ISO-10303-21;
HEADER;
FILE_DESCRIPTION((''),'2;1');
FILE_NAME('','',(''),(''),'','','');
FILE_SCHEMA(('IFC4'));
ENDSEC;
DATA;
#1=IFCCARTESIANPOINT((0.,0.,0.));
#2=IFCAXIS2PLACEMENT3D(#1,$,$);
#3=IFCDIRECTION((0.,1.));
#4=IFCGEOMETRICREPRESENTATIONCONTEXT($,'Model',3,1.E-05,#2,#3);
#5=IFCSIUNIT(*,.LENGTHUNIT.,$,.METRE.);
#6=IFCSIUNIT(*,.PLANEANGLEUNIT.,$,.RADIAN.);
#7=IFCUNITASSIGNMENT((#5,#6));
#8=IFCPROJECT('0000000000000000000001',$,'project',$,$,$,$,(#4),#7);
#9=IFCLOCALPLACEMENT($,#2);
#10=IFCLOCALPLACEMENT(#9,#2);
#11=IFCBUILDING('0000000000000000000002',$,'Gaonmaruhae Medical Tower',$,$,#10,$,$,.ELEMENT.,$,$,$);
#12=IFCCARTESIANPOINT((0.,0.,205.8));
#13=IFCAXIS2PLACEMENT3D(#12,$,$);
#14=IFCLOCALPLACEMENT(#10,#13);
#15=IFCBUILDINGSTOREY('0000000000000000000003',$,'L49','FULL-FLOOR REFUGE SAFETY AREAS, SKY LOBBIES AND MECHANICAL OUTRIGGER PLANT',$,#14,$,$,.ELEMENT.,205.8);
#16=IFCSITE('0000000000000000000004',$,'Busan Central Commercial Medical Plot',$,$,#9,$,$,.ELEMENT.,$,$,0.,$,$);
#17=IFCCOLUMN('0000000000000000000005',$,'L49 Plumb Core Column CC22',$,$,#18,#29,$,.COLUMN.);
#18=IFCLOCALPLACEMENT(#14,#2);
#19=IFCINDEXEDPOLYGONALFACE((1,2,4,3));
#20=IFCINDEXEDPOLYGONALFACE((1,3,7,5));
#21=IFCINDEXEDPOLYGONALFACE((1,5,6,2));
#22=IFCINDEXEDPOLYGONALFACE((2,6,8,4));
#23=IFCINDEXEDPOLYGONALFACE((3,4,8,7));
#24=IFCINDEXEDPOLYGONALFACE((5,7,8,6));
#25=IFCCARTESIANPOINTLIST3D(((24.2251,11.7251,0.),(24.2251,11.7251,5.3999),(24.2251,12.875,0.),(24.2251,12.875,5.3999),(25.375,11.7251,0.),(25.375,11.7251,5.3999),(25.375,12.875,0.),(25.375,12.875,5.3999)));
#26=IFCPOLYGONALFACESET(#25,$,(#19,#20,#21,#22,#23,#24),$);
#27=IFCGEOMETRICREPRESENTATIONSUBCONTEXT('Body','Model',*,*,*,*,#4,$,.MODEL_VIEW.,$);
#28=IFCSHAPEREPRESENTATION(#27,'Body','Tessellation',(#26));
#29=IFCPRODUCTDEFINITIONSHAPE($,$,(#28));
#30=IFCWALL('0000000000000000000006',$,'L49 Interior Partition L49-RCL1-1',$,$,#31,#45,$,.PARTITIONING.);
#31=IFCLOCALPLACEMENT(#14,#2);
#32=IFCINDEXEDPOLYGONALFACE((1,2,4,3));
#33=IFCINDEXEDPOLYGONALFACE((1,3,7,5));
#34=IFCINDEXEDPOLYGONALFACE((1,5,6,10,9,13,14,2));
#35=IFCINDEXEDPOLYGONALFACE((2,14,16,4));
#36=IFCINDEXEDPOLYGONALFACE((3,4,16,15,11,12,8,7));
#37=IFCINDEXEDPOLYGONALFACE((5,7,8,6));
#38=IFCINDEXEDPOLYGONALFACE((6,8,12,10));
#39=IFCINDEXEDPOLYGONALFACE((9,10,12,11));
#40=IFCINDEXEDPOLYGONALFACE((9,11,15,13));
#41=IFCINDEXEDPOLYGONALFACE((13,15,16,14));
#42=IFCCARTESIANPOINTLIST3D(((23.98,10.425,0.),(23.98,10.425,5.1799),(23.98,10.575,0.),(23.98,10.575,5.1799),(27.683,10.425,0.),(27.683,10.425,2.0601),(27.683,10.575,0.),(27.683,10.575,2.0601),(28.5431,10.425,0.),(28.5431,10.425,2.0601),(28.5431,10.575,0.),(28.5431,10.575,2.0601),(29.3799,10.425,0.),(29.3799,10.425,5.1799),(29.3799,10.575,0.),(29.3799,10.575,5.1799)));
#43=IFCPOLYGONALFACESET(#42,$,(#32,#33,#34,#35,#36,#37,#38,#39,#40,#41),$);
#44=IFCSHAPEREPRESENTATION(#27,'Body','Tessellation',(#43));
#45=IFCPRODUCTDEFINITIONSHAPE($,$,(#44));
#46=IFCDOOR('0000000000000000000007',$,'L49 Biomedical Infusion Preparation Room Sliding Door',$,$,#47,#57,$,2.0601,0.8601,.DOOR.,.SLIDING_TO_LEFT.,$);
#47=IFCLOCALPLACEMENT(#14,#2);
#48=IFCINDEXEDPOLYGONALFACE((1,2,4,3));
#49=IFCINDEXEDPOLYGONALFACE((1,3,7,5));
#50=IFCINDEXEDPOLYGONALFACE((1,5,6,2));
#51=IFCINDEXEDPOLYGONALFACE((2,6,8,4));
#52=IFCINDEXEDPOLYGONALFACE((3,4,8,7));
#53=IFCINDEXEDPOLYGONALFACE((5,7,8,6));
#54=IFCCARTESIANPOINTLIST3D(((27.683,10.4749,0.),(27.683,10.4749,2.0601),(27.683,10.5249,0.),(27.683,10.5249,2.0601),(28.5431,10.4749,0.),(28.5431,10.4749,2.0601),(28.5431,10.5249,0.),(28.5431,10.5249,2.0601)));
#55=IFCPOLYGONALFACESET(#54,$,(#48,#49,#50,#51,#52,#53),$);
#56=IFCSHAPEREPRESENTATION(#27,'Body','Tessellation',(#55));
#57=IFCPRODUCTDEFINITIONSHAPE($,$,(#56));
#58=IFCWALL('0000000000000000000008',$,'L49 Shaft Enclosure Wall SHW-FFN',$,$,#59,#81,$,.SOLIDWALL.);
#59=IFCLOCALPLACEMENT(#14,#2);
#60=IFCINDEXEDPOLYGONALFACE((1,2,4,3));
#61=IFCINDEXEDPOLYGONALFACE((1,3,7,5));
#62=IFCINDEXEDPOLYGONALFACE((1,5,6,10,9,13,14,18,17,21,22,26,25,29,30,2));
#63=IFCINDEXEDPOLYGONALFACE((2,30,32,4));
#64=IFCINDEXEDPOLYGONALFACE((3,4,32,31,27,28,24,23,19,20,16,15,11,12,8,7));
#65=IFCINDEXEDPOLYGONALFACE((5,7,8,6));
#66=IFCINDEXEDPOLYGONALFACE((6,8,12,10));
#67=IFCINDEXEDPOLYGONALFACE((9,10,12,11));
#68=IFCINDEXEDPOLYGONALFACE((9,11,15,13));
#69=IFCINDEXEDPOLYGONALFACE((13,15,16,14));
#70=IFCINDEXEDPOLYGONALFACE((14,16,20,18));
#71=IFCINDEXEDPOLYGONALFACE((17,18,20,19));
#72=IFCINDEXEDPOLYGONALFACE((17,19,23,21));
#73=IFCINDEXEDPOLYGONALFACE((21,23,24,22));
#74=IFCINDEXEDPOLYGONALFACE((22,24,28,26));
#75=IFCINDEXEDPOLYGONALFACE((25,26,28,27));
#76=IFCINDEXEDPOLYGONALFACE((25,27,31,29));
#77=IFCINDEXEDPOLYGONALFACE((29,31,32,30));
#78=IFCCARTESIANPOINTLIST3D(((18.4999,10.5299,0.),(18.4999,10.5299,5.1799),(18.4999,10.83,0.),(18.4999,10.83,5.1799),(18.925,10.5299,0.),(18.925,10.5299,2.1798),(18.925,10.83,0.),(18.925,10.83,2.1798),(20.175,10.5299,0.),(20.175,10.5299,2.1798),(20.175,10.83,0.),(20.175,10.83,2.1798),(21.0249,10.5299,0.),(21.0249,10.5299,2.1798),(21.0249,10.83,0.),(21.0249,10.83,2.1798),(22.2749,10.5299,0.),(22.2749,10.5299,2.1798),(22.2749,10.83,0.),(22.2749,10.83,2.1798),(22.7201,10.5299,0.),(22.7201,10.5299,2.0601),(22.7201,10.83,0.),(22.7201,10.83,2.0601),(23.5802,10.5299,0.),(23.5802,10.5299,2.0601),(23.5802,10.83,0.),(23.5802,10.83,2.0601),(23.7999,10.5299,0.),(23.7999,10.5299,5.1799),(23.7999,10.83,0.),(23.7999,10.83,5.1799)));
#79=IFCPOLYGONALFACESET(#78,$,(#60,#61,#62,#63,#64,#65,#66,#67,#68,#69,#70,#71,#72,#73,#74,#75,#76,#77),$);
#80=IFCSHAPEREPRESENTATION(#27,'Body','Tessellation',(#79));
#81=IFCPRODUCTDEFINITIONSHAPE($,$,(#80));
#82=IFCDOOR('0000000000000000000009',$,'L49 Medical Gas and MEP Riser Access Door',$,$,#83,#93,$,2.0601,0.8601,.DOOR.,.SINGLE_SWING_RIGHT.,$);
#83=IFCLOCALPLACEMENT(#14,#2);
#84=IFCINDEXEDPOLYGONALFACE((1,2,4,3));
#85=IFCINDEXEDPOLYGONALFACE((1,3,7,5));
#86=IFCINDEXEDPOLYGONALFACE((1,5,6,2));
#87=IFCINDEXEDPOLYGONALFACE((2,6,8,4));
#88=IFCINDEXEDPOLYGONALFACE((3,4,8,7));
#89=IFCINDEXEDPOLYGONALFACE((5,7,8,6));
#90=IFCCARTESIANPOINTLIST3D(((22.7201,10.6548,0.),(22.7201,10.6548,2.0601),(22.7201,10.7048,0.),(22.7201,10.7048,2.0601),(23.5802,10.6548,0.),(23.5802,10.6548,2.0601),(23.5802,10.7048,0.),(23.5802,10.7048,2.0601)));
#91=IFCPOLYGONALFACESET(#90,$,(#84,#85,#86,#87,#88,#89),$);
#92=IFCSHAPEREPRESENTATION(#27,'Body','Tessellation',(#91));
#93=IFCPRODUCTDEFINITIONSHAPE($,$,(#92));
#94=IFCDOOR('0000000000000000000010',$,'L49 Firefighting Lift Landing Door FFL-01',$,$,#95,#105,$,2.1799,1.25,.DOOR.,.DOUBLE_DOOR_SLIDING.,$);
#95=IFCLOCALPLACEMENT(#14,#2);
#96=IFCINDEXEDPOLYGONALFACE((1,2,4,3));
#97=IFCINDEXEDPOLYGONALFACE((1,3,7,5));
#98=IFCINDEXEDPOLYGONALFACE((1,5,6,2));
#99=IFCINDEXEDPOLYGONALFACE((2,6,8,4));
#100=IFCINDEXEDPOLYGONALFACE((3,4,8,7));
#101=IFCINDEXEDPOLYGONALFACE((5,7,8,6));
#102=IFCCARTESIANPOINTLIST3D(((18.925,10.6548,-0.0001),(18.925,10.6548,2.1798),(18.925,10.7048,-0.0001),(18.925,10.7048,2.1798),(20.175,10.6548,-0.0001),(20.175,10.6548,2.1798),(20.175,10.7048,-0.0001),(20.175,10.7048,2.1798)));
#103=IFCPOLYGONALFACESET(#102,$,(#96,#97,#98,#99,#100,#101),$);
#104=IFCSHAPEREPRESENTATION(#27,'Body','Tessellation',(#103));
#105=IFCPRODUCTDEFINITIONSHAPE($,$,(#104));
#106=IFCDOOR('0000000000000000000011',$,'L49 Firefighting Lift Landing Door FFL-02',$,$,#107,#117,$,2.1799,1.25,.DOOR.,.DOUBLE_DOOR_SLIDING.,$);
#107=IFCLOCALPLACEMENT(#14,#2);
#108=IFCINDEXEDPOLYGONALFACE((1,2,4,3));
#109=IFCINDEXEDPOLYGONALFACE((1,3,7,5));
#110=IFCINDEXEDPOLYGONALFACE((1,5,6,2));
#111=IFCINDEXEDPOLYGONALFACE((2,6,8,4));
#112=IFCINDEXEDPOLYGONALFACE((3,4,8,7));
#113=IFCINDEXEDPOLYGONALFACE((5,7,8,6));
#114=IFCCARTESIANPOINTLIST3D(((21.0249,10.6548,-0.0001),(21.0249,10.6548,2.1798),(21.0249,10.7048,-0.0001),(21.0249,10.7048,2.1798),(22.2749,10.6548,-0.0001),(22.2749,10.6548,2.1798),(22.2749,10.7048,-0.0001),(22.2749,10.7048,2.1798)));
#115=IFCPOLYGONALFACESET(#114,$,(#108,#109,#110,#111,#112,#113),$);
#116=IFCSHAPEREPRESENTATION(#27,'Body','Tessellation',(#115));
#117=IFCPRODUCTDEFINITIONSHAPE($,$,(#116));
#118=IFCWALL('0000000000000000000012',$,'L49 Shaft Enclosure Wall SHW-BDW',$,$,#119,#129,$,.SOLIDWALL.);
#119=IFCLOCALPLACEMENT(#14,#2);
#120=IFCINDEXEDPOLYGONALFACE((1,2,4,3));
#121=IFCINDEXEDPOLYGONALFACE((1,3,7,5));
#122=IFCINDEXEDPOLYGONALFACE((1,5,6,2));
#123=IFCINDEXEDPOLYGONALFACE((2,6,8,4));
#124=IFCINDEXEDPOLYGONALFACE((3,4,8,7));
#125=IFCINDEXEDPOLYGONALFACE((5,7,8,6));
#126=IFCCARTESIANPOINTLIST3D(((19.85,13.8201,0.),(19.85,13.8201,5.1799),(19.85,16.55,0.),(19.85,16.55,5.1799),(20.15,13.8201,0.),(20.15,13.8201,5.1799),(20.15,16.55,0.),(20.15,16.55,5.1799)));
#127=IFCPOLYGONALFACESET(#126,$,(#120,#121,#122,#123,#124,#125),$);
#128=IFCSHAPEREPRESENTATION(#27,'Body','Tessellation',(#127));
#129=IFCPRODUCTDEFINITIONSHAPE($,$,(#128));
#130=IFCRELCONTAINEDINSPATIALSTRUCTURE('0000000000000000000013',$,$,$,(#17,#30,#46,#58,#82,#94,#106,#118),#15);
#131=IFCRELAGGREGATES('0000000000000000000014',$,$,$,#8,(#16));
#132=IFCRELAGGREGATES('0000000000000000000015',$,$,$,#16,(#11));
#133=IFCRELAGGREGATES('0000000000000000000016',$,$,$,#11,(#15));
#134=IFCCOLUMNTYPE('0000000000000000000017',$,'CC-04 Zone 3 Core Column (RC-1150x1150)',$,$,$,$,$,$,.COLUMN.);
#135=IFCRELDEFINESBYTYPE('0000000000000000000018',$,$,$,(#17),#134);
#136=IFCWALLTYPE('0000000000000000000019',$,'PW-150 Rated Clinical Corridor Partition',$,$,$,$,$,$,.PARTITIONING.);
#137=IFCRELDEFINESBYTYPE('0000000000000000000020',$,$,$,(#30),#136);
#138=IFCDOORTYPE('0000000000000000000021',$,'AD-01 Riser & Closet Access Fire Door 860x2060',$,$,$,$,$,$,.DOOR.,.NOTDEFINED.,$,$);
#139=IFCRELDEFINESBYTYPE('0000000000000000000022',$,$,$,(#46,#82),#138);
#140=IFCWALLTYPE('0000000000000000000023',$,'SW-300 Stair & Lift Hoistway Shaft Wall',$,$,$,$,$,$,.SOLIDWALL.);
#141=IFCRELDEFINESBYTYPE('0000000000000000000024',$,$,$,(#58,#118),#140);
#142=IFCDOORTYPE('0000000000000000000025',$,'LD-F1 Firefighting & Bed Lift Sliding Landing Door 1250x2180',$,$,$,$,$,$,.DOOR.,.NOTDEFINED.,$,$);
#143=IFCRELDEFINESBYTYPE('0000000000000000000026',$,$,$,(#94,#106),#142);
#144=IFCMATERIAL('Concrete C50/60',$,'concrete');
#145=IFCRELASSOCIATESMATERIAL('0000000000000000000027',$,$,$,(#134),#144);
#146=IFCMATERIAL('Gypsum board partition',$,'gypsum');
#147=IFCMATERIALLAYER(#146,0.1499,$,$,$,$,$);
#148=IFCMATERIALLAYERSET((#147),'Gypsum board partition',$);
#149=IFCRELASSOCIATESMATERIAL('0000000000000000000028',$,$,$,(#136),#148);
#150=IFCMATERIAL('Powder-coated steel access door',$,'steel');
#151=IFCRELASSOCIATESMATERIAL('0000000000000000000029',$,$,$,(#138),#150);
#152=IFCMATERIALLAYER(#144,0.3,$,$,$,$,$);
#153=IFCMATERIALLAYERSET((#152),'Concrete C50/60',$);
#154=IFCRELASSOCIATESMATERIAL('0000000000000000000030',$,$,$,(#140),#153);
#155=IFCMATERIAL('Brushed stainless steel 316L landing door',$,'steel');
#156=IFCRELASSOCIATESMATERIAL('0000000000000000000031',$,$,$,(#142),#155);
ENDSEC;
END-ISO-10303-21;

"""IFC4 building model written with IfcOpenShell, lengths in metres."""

from ifc_helpers import new_model, si_unit, direction, frame, frame_2d, origin, origin_2d, place, context, subcontext, project, spatial, rectangle, extrude, material, layer, layer_set, material_profile, profile_set, type_object, element, fill, save


model = new_model("IFC4")

# Units and contexts
model_context = context("Model", 3, precision=1e-05, world=origin(), true_north=direction((0.0, 1.0)))
body_context = subcontext(model_context, "Body", "Model", "MODEL_VIEW")
ifc_project = project(units=[si_unit("LENGTHUNIT", "METRE"), si_unit("PLANEANGLEUNIT", "RADIAN")], contexts=[model_context])

# Site, building, storey
site_placement = place(None, origin())
site = spatial("IfcSite", under=ifc_project, at=site_placement, Name="Busan Central Commercial Medical Plot", CompositionType="ELEMENT", RefElevation=0.0)
building_placement = place(site_placement, origin())
building = spatial("IfcBuilding", under=site, at=building_placement, Name="Gaonmaruhae Medical Tower", CompositionType="ELEMENT")
storey_placement = place(building_placement, frame((0.0, 0.0, 205.8)))
storey = spatial("IfcBuildingStorey", under=building, at=storey_placement, Name="L49", Description="FULL-FLOOR REFUGE SAFETY AREAS, SKY LOBBIES AND MECHANICAL OUTRIGGER PLANT", CompositionType="ELEMENT", Elevation=205.8)

# Column
ifc_material_1 = material(Name="Concrete C50/60", Category="concrete")
ifc_material_profile = material_profile(ifc_material_1, rectangle(XDim=1.1499, YDim=1.1499, at=origin_2d()), Name="RC-1150x1150")
ifc_profile_set = profile_set([ifc_material_profile], Name="Concrete C50/60")
column_type = type_object("IfcColumnType", Name="CC-04 Zone 3 Core Column (RC-1150x1150)", PredefinedType="COLUMN", material=ifc_profile_set)
column_placement = place(storey_placement, frame((24.8, 12.3, 0.0), z_axis=(0.0, 0.0, 1.0), x_axis=(1.0, 0.0, 0.0)))
element("IfcColumn", 1, at=column_placement, inside=storey, type_object=column_type, Name="L49 Plumb Core Column CC22", PredefinedType="COLUMN", context=body_context, shape_type="SweptSolid", body=[
    extrude(rectangle(XDim=1.1499, YDim=1.1499, at=origin_2d()), origin(), (0.0, 0.0, 1.0), 5.3999),
])

# Wall, opening, door
ifc_material_2 = material(Name="Gypsum board partition", Category="gypsum")
ifc_layer_1 = layer(ifc_material_2, 0.1499)
ifc_layer_set_1 = layer_set([ifc_layer_1], Name="Gypsum board partition")
wall_type_1 = type_object("IfcWallType", Name="PW-150 Rated Clinical Corridor Partition", PredefinedType="PARTITIONING", material=ifc_layer_set_1)
wall_1_placement = place(storey_placement, frame((23.98, 10.5, 0.0), z_axis=(0.0, 0.0, 1.0), x_axis=(1.0, 0.0, 0.0)))
wall_1 = element("IfcWall", 2, at=wall_1_placement, inside=storey, type_object=wall_type_1, Name="L49 Interior Partition L49-RCL1-1", PredefinedType="PARTITIONING", context=body_context, shape_type="SweptSolid", body=[
    extrude(rectangle(XDim=5.3999, YDim=0.1499, at=frame_2d((2.7, 0.0))), origin(), (0.0, 0.0, 1.0), 5.1799),
])
opening_1_placement = place(wall_1_placement, frame((3.7029, 0.0, 0.0)))
opening_1 = element("IfcOpeningElement", 3, at=opening_1_placement, cuts=wall_1, PredefinedType="OPENING", context=body_context, shape_type="SweptSolid", body=[
    extrude(rectangle(XDim=0.8601, YDim=2.0601, at=frame_2d((0.4302, 1.03))), frame((0.0, 0.085, 0.0), z_axis=(0.0, -1.0, 0.0), x_axis=(1.0, 0.0, 0.0)), (0.0, 0.0, 1.0), 0.1699),
])
ifc_material_3 = material(Name="Powder-coated steel access door", Category="steel")
door_type_1 = type_object("IfcDoorType", Name="AD-01 Riser & Closet Access Fire Door 860x2060", OperationType="NOTDEFINED", PredefinedType="DOOR", material=ifc_material_3)
door_1_placement = place(opening_1_placement, origin())
door_1 = element("IfcDoor", 4, at=door_1_placement, inside=storey, type_object=door_type_1, Name="L49 Biomedical Infusion Preparation Room Sliding Door", OperationType="SLIDING_TO_LEFT", OverallHeight=2.0601, OverallWidth=0.8601, PredefinedType="DOOR", context=body_context, shape_type="SweptSolid", body=[
    extrude(rectangle(XDim=0.8601, YDim=2.0601, at=frame_2d((0.4302, 1.03))), frame((0.0, 0.0249, 0.0), z_axis=(0.0, -1.0, 0.0), x_axis=(1.0, 0.0, 0.0)), (0.0, 0.0, 1.0), 0.05),
])
fill(opening_1, door_1)

# Wall, openings, doors
ifc_layer_2 = layer(ifc_material_1, 0.3)
ifc_layer_set_2 = layer_set([ifc_layer_2], Name="Concrete C50/60")
wall_type_2 = type_object("IfcWallType", Name="SW-300 Stair & Lift Hoistway Shaft Wall", PredefinedType="SOLIDWALL", material=ifc_layer_set_2)
ifc_material_4 = material(Name="Brushed stainless steel 316L landing door", Category="steel")
door_type_2 = type_object("IfcDoorType", Name="LD-F1 Firefighting & Bed Lift Sliding Landing Door 1250x2180", OperationType="NOTDEFINED", PredefinedType="DOOR", material=ifc_material_4)
wall_2_placement = place(storey_placement, frame((18.5, 10.6799, 0.0), z_axis=(0.0, 0.0, 1.0), x_axis=(1.0, 0.0, 0.0)))
wall_2 = element("IfcWall", 5, at=wall_2_placement, inside=storey, type_object=wall_type_2, Name="L49 Shaft Enclosure Wall SHW-FFN", PredefinedType="SOLIDWALL", context=body_context, shape_type="SweptSolid", body=[
    extrude(rectangle(XDim=5.3, YDim=0.3, at=frame_2d((2.6499, 0.0))), origin(), (0.0, 0.0, 1.0), 5.1799),
])
opening_2_placement = place(wall_2_placement, frame((4.22, 0.0, 0.0)))
opening_2 = element("IfcOpeningElement", 6, at=opening_2_placement, cuts=wall_2, PredefinedType="OPENING", context=body_context, shape_type="SweptSolid", body=[
    extrude(rectangle(XDim=0.8601, YDim=2.0601, at=frame_2d((0.4302, 1.03))), frame((0.0, 0.1602, 0.0), z_axis=(0.0, -1.0, 0.0), x_axis=(1.0, 0.0, 0.0)), (0.0, 0.0, 1.0), 0.3201),
])
opening_3_placement = place(wall_2_placement, frame((0.425, 0.0, 0.0)))
opening_3 = element("IfcOpeningElement", 7, at=opening_3_placement, cuts=wall_2, PredefinedType="OPENING", context=body_context, shape_type="SweptSolid", body=[
    extrude(rectangle(XDim=1.25, YDim=2.1799, at=frame_2d((0.625, 1.0898))), frame((0.0, 0.1602, 0.0), z_axis=(0.0, -1.0, 0.0), x_axis=(1.0, 0.0, 0.0)), (0.0, 0.0, 1.0), 0.3201),
])
opening_4_placement = place(wall_2_placement, frame((2.5249, 0.0, 0.0)))
opening_4 = element("IfcOpeningElement", 8, at=opening_4_placement, cuts=wall_2, PredefinedType="OPENING", context=body_context, shape_type="SweptSolid", body=[
    extrude(rectangle(XDim=1.25, YDim=2.1799, at=frame_2d((0.625, 1.0898))), frame((0.0, 0.1602, 0.0), z_axis=(0.0, -1.0, 0.0), x_axis=(1.0, 0.0, 0.0)), (0.0, 0.0, 1.0), 0.3201),
])
door_2_placement = place(opening_2_placement, origin())
door_2 = element("IfcDoor", 9, at=door_2_placement, inside=storey, type_object=door_type_1, Name="L49 Medical Gas and MEP Riser Access Door", OperationType="SINGLE_SWING_RIGHT", OverallHeight=2.0601, OverallWidth=0.8601, PredefinedType="DOOR", context=body_context, shape_type="SweptSolid", body=[
    extrude(rectangle(XDim=0.8601, YDim=2.0601, at=frame_2d((0.4302, 1.03))), frame((0.0, 0.0249, 0.0), z_axis=(0.0, -1.0, 0.0), x_axis=(1.0, 0.0, 0.0)), (0.0, 0.0, 1.0), 0.05),
])
fill(opening_2, door_2)
door_3_placement = place(opening_3_placement, origin())
door_3 = element("IfcDoor", 10, at=door_3_placement, inside=storey, type_object=door_type_2, Name="L49 Firefighting Lift Landing Door FFL-01", OperationType="DOUBLE_DOOR_SLIDING", OverallHeight=2.1799, OverallWidth=1.25, PredefinedType="DOOR", context=body_context, shape_type="SweptSolid", body=[
    extrude(rectangle(XDim=1.25, YDim=2.1799, at=frame_2d((0.625, 1.0898))), frame((0.0, 0.0249, 0.0), z_axis=(0.0, -1.0, 0.0), x_axis=(1.0, 0.0, 0.0)), (0.0, 0.0, 1.0), 0.05),
])
fill(opening_3, door_3)
door_4_placement = place(opening_4_placement, origin())
door_4 = element("IfcDoor", 11, at=door_4_placement, inside=storey, type_object=door_type_2, Name="L49 Firefighting Lift Landing Door FFL-02", OperationType="DOUBLE_DOOR_SLIDING", OverallHeight=2.1799, OverallWidth=1.25, PredefinedType="DOOR", context=body_context, shape_type="SweptSolid", body=[
    extrude(rectangle(XDim=1.25, YDim=2.1799, at=frame_2d((0.625, 1.0898))), frame((0.0, 0.0249, 0.0), z_axis=(0.0, -1.0, 0.0), x_axis=(1.0, 0.0, 0.0)), (0.0, 0.0, 1.0), 0.05),
])
fill(opening_4, door_4)

# Wall
wall_3_placement = place(storey_placement, frame((20.0, 13.8201, 0.0), z_axis=(0.0, 0.0, 1.0), x_axis=(0.0, 1.0, 0.0)))
element("IfcWall", 12, at=wall_3_placement, inside=storey, type_object=wall_type_2, Name="L49 Shaft Enclosure Wall SHW-BDW", PredefinedType="SOLIDWALL", context=body_context, shape_type="SweptSolid", body=[
    extrude(rectangle(XDim=2.73, YDim=0.3, at=frame_2d((1.365, 0.0))), origin(), (0.0, 0.0, 1.0), 5.1799),
])

save(model, "model.ifc")
